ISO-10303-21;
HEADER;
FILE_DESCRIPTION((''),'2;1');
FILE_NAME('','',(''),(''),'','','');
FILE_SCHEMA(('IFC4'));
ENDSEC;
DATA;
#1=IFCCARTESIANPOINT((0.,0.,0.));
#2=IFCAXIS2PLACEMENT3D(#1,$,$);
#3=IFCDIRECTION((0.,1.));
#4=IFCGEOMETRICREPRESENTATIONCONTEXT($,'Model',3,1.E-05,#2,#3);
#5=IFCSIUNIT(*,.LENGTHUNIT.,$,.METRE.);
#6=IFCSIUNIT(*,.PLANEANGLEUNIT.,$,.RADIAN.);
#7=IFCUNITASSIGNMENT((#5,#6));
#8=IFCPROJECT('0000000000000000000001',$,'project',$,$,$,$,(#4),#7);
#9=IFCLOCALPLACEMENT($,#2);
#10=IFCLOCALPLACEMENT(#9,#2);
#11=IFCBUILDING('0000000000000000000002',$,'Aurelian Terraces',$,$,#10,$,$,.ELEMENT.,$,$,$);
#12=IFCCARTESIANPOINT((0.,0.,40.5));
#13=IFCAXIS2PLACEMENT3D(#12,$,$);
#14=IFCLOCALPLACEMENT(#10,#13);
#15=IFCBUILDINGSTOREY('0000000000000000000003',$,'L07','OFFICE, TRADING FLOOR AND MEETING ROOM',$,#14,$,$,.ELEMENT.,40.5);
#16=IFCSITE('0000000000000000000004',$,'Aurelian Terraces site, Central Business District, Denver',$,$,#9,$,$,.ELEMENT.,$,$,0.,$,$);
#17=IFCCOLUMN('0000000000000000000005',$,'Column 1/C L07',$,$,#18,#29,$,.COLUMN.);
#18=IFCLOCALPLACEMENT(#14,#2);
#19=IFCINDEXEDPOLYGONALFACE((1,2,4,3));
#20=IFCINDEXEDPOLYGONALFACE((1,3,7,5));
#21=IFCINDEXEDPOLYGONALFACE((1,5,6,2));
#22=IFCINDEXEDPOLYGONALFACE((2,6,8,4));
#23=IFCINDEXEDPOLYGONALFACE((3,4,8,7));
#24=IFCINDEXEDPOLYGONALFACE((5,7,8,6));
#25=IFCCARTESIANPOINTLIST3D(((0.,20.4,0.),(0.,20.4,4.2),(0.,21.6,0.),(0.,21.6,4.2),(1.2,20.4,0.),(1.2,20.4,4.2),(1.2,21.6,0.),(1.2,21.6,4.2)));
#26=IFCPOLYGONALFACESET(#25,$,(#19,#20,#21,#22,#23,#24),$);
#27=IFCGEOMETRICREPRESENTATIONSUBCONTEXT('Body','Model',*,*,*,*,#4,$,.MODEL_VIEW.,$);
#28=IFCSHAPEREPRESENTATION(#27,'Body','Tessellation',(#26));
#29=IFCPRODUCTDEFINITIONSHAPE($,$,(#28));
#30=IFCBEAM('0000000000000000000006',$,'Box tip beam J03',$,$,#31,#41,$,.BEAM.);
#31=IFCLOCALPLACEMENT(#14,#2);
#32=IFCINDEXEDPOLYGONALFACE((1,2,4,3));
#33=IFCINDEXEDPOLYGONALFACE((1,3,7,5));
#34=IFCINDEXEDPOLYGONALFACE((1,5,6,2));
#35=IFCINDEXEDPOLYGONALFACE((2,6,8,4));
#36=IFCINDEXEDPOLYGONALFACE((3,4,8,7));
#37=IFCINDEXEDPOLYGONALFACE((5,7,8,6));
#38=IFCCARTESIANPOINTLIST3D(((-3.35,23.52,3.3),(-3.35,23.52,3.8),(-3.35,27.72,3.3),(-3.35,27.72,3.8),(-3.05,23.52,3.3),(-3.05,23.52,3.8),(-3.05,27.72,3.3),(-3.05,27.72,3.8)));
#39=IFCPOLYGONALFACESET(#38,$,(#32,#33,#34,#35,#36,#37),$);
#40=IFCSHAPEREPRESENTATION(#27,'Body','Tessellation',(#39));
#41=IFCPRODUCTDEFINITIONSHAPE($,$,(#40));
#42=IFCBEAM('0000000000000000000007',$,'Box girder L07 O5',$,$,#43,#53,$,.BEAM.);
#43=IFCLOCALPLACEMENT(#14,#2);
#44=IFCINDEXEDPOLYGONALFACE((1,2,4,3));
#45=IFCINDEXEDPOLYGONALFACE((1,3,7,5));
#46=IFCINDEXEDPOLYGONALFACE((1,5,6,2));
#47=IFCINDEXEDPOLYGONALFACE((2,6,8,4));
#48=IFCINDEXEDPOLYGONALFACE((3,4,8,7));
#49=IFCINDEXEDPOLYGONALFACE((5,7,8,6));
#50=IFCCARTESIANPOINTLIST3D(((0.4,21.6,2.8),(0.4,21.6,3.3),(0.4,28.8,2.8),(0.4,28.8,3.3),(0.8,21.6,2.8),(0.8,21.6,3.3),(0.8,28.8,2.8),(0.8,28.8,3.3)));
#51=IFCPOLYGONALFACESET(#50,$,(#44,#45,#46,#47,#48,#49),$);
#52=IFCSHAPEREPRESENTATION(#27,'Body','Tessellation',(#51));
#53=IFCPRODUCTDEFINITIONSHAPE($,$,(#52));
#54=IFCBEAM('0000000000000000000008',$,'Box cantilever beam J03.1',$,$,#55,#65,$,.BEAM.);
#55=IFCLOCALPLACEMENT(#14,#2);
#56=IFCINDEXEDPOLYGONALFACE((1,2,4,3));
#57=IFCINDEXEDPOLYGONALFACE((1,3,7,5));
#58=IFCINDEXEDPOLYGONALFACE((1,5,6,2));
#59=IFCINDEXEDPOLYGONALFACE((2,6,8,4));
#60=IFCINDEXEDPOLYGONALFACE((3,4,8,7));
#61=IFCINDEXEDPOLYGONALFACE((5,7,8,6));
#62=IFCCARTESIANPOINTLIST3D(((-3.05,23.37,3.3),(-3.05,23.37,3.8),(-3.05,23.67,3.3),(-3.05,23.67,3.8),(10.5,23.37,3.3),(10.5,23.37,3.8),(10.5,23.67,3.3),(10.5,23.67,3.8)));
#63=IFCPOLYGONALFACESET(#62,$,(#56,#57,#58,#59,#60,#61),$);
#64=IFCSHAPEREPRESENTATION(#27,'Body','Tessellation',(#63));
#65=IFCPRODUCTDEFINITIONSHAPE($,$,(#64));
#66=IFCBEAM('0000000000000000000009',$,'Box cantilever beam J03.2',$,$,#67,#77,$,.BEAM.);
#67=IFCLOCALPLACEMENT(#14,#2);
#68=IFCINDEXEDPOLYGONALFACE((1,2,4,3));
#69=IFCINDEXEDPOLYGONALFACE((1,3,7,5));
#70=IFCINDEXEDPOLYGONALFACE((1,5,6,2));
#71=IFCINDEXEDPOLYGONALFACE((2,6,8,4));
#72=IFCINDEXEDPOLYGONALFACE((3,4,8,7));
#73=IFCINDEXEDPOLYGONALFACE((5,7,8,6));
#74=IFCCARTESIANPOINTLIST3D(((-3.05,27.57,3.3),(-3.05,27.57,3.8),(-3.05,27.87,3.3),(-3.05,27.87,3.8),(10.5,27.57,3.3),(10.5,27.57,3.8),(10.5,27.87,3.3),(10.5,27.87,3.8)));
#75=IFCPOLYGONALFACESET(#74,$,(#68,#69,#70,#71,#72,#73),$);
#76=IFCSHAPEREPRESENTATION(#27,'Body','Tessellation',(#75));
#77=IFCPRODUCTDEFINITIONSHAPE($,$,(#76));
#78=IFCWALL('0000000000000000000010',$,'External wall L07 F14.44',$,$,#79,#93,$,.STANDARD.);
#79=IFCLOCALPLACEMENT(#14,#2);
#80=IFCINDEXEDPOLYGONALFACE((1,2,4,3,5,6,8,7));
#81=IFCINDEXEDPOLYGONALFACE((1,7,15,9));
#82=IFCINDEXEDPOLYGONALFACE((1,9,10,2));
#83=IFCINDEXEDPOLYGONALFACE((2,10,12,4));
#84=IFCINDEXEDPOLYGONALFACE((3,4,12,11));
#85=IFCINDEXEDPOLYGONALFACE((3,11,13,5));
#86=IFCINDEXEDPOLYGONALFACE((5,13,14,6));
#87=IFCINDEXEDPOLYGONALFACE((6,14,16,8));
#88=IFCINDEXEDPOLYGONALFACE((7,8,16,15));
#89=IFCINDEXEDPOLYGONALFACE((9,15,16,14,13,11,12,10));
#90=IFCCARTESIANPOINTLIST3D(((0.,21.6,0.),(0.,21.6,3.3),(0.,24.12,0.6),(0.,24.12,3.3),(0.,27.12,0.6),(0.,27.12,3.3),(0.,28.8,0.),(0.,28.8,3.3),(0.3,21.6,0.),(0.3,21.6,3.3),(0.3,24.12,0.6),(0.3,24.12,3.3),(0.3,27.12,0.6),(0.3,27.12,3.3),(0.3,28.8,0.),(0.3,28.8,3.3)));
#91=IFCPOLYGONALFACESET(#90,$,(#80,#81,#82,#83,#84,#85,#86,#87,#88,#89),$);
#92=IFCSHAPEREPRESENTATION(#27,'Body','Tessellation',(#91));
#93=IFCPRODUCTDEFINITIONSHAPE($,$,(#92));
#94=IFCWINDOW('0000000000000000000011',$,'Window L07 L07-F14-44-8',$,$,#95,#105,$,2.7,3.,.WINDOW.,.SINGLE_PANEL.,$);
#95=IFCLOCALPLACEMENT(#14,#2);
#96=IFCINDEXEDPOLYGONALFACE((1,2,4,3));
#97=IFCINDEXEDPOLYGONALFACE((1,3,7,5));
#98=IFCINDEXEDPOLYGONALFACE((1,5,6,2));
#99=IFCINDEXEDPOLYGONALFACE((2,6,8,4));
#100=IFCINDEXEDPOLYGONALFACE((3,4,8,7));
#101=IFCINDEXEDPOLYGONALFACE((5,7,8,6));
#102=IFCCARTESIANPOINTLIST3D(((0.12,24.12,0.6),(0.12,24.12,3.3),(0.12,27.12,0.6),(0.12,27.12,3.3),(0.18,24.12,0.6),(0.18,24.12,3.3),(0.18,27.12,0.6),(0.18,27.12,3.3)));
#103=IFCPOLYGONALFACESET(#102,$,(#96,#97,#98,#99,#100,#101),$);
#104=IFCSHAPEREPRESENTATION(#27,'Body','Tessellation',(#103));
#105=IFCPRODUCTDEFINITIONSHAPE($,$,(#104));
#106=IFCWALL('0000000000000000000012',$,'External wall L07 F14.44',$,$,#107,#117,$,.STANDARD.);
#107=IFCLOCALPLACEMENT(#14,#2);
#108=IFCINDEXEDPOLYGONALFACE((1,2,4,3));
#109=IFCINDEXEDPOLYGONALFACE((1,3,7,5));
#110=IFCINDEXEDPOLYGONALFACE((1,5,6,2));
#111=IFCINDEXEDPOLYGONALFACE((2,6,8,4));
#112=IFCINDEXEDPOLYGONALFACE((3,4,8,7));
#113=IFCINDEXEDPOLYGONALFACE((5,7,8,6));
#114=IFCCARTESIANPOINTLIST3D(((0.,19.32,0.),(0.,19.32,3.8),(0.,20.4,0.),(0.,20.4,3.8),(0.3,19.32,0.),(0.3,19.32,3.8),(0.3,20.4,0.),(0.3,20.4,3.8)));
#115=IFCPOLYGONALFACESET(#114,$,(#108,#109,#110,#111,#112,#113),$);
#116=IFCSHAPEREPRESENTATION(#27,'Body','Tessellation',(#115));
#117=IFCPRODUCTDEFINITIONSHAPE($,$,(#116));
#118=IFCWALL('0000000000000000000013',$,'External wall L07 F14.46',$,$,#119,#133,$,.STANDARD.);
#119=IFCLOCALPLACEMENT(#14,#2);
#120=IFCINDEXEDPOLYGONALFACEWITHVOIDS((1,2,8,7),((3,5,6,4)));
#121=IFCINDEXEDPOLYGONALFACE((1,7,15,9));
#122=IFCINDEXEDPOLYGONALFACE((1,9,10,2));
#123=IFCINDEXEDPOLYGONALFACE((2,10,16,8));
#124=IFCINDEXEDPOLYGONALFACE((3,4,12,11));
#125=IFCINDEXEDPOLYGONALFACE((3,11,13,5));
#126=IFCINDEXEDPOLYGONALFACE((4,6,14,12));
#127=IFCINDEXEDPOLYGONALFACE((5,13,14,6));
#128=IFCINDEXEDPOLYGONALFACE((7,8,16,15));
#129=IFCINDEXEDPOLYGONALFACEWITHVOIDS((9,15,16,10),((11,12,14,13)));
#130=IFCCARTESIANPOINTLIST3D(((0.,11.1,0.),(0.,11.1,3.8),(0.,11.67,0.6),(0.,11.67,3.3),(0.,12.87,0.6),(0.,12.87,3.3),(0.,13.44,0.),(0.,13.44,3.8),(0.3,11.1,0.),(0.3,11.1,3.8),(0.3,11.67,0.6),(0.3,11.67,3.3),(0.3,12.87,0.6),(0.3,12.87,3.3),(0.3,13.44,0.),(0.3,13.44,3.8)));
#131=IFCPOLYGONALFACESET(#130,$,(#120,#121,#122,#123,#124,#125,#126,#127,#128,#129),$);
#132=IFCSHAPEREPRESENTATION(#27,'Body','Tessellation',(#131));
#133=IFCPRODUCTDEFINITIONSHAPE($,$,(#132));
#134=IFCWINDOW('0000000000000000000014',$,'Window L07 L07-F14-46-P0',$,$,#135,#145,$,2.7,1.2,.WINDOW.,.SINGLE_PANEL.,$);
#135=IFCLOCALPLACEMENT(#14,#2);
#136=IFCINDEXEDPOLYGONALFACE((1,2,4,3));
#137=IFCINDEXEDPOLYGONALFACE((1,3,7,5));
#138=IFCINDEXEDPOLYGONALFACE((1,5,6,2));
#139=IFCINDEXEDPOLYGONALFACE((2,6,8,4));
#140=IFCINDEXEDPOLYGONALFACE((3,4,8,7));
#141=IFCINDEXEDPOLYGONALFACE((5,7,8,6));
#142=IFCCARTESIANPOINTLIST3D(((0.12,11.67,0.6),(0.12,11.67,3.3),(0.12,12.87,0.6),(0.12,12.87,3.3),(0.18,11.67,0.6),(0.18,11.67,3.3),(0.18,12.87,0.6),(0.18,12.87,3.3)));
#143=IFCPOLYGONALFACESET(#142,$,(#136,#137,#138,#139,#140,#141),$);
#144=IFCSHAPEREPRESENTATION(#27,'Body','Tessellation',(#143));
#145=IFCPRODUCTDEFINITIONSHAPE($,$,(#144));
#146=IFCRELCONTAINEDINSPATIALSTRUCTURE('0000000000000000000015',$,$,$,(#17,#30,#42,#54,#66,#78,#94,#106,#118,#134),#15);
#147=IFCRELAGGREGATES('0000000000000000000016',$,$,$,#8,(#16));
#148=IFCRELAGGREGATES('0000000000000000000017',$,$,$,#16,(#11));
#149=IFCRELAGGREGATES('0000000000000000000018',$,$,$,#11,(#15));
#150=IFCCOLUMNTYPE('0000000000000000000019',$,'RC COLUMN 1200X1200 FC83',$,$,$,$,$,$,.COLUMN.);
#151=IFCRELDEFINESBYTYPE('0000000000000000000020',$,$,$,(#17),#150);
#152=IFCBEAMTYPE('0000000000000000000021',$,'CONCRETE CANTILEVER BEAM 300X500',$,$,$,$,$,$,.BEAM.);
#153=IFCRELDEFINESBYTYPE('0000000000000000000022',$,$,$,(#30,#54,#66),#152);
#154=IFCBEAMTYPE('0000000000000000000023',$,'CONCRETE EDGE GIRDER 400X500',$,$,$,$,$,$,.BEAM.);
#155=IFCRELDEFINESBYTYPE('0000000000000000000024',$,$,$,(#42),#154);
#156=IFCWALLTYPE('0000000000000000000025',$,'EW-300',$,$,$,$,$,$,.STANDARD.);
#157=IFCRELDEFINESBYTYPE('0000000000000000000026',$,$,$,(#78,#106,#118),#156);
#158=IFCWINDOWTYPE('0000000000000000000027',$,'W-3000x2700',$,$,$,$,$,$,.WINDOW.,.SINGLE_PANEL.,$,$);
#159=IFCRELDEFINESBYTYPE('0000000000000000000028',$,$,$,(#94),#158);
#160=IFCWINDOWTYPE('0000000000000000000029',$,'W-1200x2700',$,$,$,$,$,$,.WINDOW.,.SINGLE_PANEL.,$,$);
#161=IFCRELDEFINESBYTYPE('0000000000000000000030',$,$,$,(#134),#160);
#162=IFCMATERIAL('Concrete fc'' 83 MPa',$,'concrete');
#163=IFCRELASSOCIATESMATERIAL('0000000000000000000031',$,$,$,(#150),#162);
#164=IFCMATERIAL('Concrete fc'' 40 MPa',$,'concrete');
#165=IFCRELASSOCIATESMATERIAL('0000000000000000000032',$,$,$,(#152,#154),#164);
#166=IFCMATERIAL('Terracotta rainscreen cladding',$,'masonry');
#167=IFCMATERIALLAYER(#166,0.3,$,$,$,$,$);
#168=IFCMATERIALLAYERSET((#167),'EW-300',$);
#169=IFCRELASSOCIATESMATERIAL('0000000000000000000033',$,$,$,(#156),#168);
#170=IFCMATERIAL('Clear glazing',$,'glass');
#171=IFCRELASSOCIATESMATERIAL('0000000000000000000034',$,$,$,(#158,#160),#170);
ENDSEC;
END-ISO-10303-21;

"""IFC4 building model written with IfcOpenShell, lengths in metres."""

from ifc_helpers import new_model, si_unit, direction, frame, frame_2d, origin, origin_2d, place, context, subcontext, project, spatial, rectangle, extrude, source, transform, mapped, material, layer, layer_set, material_profile, profile_set, type_object, element, fill, save


model = new_model("IFC4")

# Units and contexts
model_context = context("Model", 3, precision=1e-05, world=origin(), true_north=direction((0.0, 1.0)))
body_context = subcontext(model_context, "Body", "Model", "MODEL_VIEW")
ifc_project = project(units=[si_unit("LENGTHUNIT", "METRE"), si_unit("PLANEANGLEUNIT", "RADIAN")], contexts=[model_context])

# Site, building, storey
site_placement = place(None, origin())
site = spatial("IfcSite", under=ifc_project, at=site_placement, Name="Aurelian Terraces site, Central Business District, Denver", CompositionType="ELEMENT", RefElevation=0.0)
building_placement = place(site_placement, origin())
building = spatial("IfcBuilding", under=site, at=building_placement, Name="Aurelian Terraces", CompositionType="ELEMENT")
storey_placement = place(building_placement, frame((0.0, 0.0, 40.5)))
storey = spatial("IfcBuildingStorey", under=building, at=storey_placement, Name="L07", Description="OFFICE, TRADING FLOOR AND MEETING ROOM", CompositionType="ELEMENT", Elevation=40.5)

# Column
ifc_material_1 = material(Name="Concrete fc' 83 MPa", Category="concrete")
ifc_material_profile_1 = material_profile(ifc_material_1, rectangle(XDim=1.2, YDim=1.2, at=origin_2d()))
ifc_profile_set_1 = profile_set([ifc_material_profile_1], Name="Concrete fc' 83 MPa")
column_type = type_object("IfcColumnType", Name="RC COLUMN 1200X1200 FC83", PredefinedType="COLUMN", material=ifc_profile_set_1)
shared_shape_1 = source(origin(), body_context, "Body", "SweptSolid", [
    extrude(rectangle(XDim=1.2, YDim=1.2, at=origin_2d()), origin(), (0.0, 0.0, 1.0), 4.2),
])
column_placement = place(storey_placement, frame((0.6, 21.0, 0.0), z_axis=(0.0, 0.0, 1.0), x_axis=(1.0, 0.0, 0.0)))
element("IfcColumn", 1, at=column_placement, inside=storey, type_object=column_type, Name="Column 1/C L07", PredefinedType="COLUMN", context=body_context, shape_type="MappedRepresentation", body=[
    mapped(shared_shape_1, transform((0.0, 0.0, 0.0), scale=1.0)),
])

# Beams
ifc_material_2 = material(Name="Concrete fc' 40 MPa", Category="concrete")
ifc_material_profile_2 = material_profile(ifc_material_2, rectangle(XDim=0.3, YDim=0.5, at=origin_2d()))
ifc_profile_set_2 = profile_set([ifc_material_profile_2], Name="Concrete fc' 40 MPa")
beam_type_1 = type_object("IfcBeamType", Name="CONCRETE CANTILEVER BEAM 300X500", PredefinedType="BEAM", material=ifc_profile_set_2)
beam_1_placement = place(storey_placement, frame((-3.2, 23.52, 3.55), z_axis=(0.0, 1.0, 0.0), x_axis=(-1.0, 0.0, 0.0)))
element("IfcBeam", 2, at=beam_1_placement, inside=storey, type_object=beam_type_1, Name="Box tip beam J03", PredefinedType="BEAM", context=body_context, shape_type="SweptSolid", body=[
    extrude(rectangle(XDim=0.3, YDim=0.5, at=origin_2d()), origin(), (0.0, 0.0, 1.0), 4.2),
])
ifc_material_profile_3 = material_profile(ifc_material_2, rectangle(XDim=0.4, YDim=0.5, at=origin_2d()))
ifc_profile_set_3 = profile_set([ifc_material_profile_3], Name="Concrete fc' 40 MPa")
beam_type_2 = type_object("IfcBeamType", Name="CONCRETE EDGE GIRDER 400X500", PredefinedType="BEAM", material=ifc_profile_set_3)
beam_2_placement = place(storey_placement, frame((0.6, 21.6, 3.05), z_axis=(0.0, 1.0, 0.0), x_axis=(-1.0, 0.0, 0.0)))
element("IfcBeam", 3, at=beam_2_placement, inside=storey, type_object=beam_type_2, Name="Box girder L07 O5", PredefinedType="BEAM", context=body_context, shape_type="SweptSolid", body=[
    extrude(rectangle(XDim=0.4, YDim=0.5, at=origin_2d()), origin(), (0.0, 0.0, 1.0), 7.2),
])
shared_shape_2 = source(origin(), body_context, "Body", "SweptSolid", [
    extrude(rectangle(XDim=0.3, YDim=0.5, at=origin_2d()), origin(), (0.0, 0.0, 1.0), 13.55),
])
for number, where, z_axis, x_axis, name in (
    (4, (-3.05, 23.52, 3.55), (1.0, 0.0, 0.0), (0.0, 1.0, 0.0), "Box cantilever beam J03.1"),
    (5, (-3.05, 27.72, 3.55), (1.0, 0.0, 0.0), (0.0, 1.0, 0.0), "Box cantilever beam J03.2"),
):
    element("IfcBeam", number, at=place(storey_placement, frame(where, z_axis=z_axis, x_axis=x_axis)), inside=storey, type_object=beam_type_1, Name=name, PredefinedType="BEAM", context=body_context, shape_type="MappedRepresentation", body=[
        mapped(shared_shape_2, transform((0.0, 0.0, 0.0), scale=1.0)),
    ])

# Wall, opening, window
ifc_material_3 = material(Name="Terracotta rainscreen cladding", Category="masonry")
ifc_layer_1 = layer(ifc_material_3, 0.3)
ifc_layer_set_1 = layer_set([ifc_layer_1], Name="EW-300")
wall_type_1 = type_object("IfcWallType", Name="EW-300", PredefinedType="STANDARD", material=ifc_layer_set_1)
wall_1_placement = place(storey_placement, frame((0.15, 28.8, 0.0), z_axis=(0.0, 0.0, 1.0), x_axis=(0.0, -1.0, 0.0)))
wall_1 = element("IfcWall", 6, at=wall_1_placement, inside=storey, type_object=wall_type_1, Name="External wall L07 F14.44", PredefinedType="STANDARD", context=body_context, shape_type="SweptSolid", body=[
    extrude(rectangle(XDim=7.2, YDim=0.3, at=frame_2d((3.6, 0.0))), origin(), (0.0, 0.0, 1.0), 3.3),
])
shared_shape_3 = source(origin(), body_context, "Body", "SweptSolid", [
    extrude(rectangle(XDim=3.0, YDim=2.7, at=frame_2d((1.5, 1.35))), frame((0.0, 0.16, 0.0), z_axis=(0.0, -1.0, 0.0), x_axis=(1.0, 0.0, 0.0)), (0.0, 0.0, 1.0), 0.32),
])
opening_1_placement = place(wall_1_placement, frame((1.68, 0.0, 0.6)))
opening_1 = element("IfcOpeningElement", 7, at=opening_1_placement, cuts=wall_1, PredefinedType="OPENING", context=body_context, shape_type="MappedRepresentation", body=[
    mapped(shared_shape_3, transform((0.0, 0.0, 0.0), scale=1.0)),
])
ifc_material_4 = material(Name="Clear glazing", Category="glass")
window_type_1 = type_object("IfcWindowType", Name="W-3000x2700", PartitioningType="SINGLE_PANEL", PredefinedType="WINDOW", material=ifc_material_4)
shared_shape_4 = source(origin(), body_context, "Body", "SweptSolid", [
    extrude(rectangle(XDim=3.0, YDim=2.7, at=frame_2d((1.5, 1.35))), frame((0.0, 0.03, 0.0), z_axis=(0.0, -1.0, 0.0), x_axis=(1.0, 0.0, 0.0)), (0.0, 0.0, 1.0), 0.06),
])
window_1_placement = place(opening_1_placement, origin())
window_1 = element("IfcWindow", 8, at=window_1_placement, inside=storey, type_object=window_type_1, Name="Window L07 L07-F14-44-8", OverallHeight=2.7, OverallWidth=3.0, PartitioningType="SINGLE_PANEL", PredefinedType="WINDOW", context=body_context, shape_type="MappedRepresentation", body=[
    mapped(shared_shape_4, transform((0.0, 0.0, 0.0), scale=1.0)),
])
fill(opening_1, window_1)

# Wall
wall_2_placement = place(storey_placement, frame((0.15, 20.4, 0.0), z_axis=(0.0, 0.0, 1.0), x_axis=(0.0, -1.0, 0.0)))
element("IfcWall", 9, at=wall_2_placement, inside=storey, type_object=wall_type_1, Name="External wall L07 F14.44", PredefinedType="STANDARD", context=body_context, shape_type="SweptSolid", body=[
    extrude(rectangle(XDim=1.08, YDim=0.3, at=frame_2d((0.54, 0.0))), origin(), (0.0, 0.0, 1.0), 3.8),
])

# Wall, opening, window
wall_3_placement = place(storey_placement, frame((0.15, 13.44, 0.0), z_axis=(0.0, 0.0, 1.0), x_axis=(0.0, -1.0, 0.0)))
wall_3 = element("IfcWall", 10, at=wall_3_placement, inside=storey, type_object=wall_type_1, Name="External wall L07 F14.46", PredefinedType="STANDARD", context=body_context, shape_type="SweptSolid", body=[
    extrude(rectangle(XDim=2.34, YDim=0.3, at=frame_2d((1.17, 0.0))), origin(), (0.0, 0.0, 1.0), 3.8),
])
shared_shape_5 = source(origin(), body_context, "Body", "SweptSolid", [
    extrude(rectangle(XDim=1.2, YDim=2.7, at=frame_2d((0.6, 1.35))), frame((0.0, 0.16, 0.0), z_axis=(0.0, -1.0, 0.0), x_axis=(1.0, 0.0, 0.0)), (0.0, 0.0, 1.0), 0.32),
])
opening_2_placement = place(wall_3_placement, frame((0.57, 0.0, 0.6)))
opening_2 = element("IfcOpeningElement", 11, at=opening_2_placement, cuts=wall_3, PredefinedType="OPENING", context=body_context, shape_type="MappedRepresentation", body=[
    mapped(shared_shape_5, transform((0.0, 0.0, 0.0), scale=1.0)),
])
window_type_2 = type_object("IfcWindowType", Name="W-1200x2700", PartitioningType="SINGLE_PANEL", PredefinedType="WINDOW", material=ifc_material_4)
shared_shape_6 = source(origin(), body_context, "Body", "SweptSolid", [
    extrude(rectangle(XDim=1.2, YDim=2.7, at=frame_2d((0.6, 1.35))), frame((0.0, 0.03, 0.0), z_axis=(0.0, -1.0, 0.0), x_axis=(1.0, 0.0, 0.0)), (0.0, 0.0, 1.0), 0.06),
])
window_2_placement = place(opening_2_placement, origin())
window_2 = element("IfcWindow", 12, at=window_2_placement, inside=storey, type_object=window_type_2, Name="Window L07 L07-F14-46-P0", OverallHeight=2.7, OverallWidth=1.2, PartitioningType="SINGLE_PANEL", PredefinedType="WINDOW", context=body_context, shape_type="MappedRepresentation", body=[
    mapped(shared_shape_6, transform((0.0, 0.0, 0.0), scale=1.0)),
])
fill(opening_2, window_2)

save(model, "model.ifc")
